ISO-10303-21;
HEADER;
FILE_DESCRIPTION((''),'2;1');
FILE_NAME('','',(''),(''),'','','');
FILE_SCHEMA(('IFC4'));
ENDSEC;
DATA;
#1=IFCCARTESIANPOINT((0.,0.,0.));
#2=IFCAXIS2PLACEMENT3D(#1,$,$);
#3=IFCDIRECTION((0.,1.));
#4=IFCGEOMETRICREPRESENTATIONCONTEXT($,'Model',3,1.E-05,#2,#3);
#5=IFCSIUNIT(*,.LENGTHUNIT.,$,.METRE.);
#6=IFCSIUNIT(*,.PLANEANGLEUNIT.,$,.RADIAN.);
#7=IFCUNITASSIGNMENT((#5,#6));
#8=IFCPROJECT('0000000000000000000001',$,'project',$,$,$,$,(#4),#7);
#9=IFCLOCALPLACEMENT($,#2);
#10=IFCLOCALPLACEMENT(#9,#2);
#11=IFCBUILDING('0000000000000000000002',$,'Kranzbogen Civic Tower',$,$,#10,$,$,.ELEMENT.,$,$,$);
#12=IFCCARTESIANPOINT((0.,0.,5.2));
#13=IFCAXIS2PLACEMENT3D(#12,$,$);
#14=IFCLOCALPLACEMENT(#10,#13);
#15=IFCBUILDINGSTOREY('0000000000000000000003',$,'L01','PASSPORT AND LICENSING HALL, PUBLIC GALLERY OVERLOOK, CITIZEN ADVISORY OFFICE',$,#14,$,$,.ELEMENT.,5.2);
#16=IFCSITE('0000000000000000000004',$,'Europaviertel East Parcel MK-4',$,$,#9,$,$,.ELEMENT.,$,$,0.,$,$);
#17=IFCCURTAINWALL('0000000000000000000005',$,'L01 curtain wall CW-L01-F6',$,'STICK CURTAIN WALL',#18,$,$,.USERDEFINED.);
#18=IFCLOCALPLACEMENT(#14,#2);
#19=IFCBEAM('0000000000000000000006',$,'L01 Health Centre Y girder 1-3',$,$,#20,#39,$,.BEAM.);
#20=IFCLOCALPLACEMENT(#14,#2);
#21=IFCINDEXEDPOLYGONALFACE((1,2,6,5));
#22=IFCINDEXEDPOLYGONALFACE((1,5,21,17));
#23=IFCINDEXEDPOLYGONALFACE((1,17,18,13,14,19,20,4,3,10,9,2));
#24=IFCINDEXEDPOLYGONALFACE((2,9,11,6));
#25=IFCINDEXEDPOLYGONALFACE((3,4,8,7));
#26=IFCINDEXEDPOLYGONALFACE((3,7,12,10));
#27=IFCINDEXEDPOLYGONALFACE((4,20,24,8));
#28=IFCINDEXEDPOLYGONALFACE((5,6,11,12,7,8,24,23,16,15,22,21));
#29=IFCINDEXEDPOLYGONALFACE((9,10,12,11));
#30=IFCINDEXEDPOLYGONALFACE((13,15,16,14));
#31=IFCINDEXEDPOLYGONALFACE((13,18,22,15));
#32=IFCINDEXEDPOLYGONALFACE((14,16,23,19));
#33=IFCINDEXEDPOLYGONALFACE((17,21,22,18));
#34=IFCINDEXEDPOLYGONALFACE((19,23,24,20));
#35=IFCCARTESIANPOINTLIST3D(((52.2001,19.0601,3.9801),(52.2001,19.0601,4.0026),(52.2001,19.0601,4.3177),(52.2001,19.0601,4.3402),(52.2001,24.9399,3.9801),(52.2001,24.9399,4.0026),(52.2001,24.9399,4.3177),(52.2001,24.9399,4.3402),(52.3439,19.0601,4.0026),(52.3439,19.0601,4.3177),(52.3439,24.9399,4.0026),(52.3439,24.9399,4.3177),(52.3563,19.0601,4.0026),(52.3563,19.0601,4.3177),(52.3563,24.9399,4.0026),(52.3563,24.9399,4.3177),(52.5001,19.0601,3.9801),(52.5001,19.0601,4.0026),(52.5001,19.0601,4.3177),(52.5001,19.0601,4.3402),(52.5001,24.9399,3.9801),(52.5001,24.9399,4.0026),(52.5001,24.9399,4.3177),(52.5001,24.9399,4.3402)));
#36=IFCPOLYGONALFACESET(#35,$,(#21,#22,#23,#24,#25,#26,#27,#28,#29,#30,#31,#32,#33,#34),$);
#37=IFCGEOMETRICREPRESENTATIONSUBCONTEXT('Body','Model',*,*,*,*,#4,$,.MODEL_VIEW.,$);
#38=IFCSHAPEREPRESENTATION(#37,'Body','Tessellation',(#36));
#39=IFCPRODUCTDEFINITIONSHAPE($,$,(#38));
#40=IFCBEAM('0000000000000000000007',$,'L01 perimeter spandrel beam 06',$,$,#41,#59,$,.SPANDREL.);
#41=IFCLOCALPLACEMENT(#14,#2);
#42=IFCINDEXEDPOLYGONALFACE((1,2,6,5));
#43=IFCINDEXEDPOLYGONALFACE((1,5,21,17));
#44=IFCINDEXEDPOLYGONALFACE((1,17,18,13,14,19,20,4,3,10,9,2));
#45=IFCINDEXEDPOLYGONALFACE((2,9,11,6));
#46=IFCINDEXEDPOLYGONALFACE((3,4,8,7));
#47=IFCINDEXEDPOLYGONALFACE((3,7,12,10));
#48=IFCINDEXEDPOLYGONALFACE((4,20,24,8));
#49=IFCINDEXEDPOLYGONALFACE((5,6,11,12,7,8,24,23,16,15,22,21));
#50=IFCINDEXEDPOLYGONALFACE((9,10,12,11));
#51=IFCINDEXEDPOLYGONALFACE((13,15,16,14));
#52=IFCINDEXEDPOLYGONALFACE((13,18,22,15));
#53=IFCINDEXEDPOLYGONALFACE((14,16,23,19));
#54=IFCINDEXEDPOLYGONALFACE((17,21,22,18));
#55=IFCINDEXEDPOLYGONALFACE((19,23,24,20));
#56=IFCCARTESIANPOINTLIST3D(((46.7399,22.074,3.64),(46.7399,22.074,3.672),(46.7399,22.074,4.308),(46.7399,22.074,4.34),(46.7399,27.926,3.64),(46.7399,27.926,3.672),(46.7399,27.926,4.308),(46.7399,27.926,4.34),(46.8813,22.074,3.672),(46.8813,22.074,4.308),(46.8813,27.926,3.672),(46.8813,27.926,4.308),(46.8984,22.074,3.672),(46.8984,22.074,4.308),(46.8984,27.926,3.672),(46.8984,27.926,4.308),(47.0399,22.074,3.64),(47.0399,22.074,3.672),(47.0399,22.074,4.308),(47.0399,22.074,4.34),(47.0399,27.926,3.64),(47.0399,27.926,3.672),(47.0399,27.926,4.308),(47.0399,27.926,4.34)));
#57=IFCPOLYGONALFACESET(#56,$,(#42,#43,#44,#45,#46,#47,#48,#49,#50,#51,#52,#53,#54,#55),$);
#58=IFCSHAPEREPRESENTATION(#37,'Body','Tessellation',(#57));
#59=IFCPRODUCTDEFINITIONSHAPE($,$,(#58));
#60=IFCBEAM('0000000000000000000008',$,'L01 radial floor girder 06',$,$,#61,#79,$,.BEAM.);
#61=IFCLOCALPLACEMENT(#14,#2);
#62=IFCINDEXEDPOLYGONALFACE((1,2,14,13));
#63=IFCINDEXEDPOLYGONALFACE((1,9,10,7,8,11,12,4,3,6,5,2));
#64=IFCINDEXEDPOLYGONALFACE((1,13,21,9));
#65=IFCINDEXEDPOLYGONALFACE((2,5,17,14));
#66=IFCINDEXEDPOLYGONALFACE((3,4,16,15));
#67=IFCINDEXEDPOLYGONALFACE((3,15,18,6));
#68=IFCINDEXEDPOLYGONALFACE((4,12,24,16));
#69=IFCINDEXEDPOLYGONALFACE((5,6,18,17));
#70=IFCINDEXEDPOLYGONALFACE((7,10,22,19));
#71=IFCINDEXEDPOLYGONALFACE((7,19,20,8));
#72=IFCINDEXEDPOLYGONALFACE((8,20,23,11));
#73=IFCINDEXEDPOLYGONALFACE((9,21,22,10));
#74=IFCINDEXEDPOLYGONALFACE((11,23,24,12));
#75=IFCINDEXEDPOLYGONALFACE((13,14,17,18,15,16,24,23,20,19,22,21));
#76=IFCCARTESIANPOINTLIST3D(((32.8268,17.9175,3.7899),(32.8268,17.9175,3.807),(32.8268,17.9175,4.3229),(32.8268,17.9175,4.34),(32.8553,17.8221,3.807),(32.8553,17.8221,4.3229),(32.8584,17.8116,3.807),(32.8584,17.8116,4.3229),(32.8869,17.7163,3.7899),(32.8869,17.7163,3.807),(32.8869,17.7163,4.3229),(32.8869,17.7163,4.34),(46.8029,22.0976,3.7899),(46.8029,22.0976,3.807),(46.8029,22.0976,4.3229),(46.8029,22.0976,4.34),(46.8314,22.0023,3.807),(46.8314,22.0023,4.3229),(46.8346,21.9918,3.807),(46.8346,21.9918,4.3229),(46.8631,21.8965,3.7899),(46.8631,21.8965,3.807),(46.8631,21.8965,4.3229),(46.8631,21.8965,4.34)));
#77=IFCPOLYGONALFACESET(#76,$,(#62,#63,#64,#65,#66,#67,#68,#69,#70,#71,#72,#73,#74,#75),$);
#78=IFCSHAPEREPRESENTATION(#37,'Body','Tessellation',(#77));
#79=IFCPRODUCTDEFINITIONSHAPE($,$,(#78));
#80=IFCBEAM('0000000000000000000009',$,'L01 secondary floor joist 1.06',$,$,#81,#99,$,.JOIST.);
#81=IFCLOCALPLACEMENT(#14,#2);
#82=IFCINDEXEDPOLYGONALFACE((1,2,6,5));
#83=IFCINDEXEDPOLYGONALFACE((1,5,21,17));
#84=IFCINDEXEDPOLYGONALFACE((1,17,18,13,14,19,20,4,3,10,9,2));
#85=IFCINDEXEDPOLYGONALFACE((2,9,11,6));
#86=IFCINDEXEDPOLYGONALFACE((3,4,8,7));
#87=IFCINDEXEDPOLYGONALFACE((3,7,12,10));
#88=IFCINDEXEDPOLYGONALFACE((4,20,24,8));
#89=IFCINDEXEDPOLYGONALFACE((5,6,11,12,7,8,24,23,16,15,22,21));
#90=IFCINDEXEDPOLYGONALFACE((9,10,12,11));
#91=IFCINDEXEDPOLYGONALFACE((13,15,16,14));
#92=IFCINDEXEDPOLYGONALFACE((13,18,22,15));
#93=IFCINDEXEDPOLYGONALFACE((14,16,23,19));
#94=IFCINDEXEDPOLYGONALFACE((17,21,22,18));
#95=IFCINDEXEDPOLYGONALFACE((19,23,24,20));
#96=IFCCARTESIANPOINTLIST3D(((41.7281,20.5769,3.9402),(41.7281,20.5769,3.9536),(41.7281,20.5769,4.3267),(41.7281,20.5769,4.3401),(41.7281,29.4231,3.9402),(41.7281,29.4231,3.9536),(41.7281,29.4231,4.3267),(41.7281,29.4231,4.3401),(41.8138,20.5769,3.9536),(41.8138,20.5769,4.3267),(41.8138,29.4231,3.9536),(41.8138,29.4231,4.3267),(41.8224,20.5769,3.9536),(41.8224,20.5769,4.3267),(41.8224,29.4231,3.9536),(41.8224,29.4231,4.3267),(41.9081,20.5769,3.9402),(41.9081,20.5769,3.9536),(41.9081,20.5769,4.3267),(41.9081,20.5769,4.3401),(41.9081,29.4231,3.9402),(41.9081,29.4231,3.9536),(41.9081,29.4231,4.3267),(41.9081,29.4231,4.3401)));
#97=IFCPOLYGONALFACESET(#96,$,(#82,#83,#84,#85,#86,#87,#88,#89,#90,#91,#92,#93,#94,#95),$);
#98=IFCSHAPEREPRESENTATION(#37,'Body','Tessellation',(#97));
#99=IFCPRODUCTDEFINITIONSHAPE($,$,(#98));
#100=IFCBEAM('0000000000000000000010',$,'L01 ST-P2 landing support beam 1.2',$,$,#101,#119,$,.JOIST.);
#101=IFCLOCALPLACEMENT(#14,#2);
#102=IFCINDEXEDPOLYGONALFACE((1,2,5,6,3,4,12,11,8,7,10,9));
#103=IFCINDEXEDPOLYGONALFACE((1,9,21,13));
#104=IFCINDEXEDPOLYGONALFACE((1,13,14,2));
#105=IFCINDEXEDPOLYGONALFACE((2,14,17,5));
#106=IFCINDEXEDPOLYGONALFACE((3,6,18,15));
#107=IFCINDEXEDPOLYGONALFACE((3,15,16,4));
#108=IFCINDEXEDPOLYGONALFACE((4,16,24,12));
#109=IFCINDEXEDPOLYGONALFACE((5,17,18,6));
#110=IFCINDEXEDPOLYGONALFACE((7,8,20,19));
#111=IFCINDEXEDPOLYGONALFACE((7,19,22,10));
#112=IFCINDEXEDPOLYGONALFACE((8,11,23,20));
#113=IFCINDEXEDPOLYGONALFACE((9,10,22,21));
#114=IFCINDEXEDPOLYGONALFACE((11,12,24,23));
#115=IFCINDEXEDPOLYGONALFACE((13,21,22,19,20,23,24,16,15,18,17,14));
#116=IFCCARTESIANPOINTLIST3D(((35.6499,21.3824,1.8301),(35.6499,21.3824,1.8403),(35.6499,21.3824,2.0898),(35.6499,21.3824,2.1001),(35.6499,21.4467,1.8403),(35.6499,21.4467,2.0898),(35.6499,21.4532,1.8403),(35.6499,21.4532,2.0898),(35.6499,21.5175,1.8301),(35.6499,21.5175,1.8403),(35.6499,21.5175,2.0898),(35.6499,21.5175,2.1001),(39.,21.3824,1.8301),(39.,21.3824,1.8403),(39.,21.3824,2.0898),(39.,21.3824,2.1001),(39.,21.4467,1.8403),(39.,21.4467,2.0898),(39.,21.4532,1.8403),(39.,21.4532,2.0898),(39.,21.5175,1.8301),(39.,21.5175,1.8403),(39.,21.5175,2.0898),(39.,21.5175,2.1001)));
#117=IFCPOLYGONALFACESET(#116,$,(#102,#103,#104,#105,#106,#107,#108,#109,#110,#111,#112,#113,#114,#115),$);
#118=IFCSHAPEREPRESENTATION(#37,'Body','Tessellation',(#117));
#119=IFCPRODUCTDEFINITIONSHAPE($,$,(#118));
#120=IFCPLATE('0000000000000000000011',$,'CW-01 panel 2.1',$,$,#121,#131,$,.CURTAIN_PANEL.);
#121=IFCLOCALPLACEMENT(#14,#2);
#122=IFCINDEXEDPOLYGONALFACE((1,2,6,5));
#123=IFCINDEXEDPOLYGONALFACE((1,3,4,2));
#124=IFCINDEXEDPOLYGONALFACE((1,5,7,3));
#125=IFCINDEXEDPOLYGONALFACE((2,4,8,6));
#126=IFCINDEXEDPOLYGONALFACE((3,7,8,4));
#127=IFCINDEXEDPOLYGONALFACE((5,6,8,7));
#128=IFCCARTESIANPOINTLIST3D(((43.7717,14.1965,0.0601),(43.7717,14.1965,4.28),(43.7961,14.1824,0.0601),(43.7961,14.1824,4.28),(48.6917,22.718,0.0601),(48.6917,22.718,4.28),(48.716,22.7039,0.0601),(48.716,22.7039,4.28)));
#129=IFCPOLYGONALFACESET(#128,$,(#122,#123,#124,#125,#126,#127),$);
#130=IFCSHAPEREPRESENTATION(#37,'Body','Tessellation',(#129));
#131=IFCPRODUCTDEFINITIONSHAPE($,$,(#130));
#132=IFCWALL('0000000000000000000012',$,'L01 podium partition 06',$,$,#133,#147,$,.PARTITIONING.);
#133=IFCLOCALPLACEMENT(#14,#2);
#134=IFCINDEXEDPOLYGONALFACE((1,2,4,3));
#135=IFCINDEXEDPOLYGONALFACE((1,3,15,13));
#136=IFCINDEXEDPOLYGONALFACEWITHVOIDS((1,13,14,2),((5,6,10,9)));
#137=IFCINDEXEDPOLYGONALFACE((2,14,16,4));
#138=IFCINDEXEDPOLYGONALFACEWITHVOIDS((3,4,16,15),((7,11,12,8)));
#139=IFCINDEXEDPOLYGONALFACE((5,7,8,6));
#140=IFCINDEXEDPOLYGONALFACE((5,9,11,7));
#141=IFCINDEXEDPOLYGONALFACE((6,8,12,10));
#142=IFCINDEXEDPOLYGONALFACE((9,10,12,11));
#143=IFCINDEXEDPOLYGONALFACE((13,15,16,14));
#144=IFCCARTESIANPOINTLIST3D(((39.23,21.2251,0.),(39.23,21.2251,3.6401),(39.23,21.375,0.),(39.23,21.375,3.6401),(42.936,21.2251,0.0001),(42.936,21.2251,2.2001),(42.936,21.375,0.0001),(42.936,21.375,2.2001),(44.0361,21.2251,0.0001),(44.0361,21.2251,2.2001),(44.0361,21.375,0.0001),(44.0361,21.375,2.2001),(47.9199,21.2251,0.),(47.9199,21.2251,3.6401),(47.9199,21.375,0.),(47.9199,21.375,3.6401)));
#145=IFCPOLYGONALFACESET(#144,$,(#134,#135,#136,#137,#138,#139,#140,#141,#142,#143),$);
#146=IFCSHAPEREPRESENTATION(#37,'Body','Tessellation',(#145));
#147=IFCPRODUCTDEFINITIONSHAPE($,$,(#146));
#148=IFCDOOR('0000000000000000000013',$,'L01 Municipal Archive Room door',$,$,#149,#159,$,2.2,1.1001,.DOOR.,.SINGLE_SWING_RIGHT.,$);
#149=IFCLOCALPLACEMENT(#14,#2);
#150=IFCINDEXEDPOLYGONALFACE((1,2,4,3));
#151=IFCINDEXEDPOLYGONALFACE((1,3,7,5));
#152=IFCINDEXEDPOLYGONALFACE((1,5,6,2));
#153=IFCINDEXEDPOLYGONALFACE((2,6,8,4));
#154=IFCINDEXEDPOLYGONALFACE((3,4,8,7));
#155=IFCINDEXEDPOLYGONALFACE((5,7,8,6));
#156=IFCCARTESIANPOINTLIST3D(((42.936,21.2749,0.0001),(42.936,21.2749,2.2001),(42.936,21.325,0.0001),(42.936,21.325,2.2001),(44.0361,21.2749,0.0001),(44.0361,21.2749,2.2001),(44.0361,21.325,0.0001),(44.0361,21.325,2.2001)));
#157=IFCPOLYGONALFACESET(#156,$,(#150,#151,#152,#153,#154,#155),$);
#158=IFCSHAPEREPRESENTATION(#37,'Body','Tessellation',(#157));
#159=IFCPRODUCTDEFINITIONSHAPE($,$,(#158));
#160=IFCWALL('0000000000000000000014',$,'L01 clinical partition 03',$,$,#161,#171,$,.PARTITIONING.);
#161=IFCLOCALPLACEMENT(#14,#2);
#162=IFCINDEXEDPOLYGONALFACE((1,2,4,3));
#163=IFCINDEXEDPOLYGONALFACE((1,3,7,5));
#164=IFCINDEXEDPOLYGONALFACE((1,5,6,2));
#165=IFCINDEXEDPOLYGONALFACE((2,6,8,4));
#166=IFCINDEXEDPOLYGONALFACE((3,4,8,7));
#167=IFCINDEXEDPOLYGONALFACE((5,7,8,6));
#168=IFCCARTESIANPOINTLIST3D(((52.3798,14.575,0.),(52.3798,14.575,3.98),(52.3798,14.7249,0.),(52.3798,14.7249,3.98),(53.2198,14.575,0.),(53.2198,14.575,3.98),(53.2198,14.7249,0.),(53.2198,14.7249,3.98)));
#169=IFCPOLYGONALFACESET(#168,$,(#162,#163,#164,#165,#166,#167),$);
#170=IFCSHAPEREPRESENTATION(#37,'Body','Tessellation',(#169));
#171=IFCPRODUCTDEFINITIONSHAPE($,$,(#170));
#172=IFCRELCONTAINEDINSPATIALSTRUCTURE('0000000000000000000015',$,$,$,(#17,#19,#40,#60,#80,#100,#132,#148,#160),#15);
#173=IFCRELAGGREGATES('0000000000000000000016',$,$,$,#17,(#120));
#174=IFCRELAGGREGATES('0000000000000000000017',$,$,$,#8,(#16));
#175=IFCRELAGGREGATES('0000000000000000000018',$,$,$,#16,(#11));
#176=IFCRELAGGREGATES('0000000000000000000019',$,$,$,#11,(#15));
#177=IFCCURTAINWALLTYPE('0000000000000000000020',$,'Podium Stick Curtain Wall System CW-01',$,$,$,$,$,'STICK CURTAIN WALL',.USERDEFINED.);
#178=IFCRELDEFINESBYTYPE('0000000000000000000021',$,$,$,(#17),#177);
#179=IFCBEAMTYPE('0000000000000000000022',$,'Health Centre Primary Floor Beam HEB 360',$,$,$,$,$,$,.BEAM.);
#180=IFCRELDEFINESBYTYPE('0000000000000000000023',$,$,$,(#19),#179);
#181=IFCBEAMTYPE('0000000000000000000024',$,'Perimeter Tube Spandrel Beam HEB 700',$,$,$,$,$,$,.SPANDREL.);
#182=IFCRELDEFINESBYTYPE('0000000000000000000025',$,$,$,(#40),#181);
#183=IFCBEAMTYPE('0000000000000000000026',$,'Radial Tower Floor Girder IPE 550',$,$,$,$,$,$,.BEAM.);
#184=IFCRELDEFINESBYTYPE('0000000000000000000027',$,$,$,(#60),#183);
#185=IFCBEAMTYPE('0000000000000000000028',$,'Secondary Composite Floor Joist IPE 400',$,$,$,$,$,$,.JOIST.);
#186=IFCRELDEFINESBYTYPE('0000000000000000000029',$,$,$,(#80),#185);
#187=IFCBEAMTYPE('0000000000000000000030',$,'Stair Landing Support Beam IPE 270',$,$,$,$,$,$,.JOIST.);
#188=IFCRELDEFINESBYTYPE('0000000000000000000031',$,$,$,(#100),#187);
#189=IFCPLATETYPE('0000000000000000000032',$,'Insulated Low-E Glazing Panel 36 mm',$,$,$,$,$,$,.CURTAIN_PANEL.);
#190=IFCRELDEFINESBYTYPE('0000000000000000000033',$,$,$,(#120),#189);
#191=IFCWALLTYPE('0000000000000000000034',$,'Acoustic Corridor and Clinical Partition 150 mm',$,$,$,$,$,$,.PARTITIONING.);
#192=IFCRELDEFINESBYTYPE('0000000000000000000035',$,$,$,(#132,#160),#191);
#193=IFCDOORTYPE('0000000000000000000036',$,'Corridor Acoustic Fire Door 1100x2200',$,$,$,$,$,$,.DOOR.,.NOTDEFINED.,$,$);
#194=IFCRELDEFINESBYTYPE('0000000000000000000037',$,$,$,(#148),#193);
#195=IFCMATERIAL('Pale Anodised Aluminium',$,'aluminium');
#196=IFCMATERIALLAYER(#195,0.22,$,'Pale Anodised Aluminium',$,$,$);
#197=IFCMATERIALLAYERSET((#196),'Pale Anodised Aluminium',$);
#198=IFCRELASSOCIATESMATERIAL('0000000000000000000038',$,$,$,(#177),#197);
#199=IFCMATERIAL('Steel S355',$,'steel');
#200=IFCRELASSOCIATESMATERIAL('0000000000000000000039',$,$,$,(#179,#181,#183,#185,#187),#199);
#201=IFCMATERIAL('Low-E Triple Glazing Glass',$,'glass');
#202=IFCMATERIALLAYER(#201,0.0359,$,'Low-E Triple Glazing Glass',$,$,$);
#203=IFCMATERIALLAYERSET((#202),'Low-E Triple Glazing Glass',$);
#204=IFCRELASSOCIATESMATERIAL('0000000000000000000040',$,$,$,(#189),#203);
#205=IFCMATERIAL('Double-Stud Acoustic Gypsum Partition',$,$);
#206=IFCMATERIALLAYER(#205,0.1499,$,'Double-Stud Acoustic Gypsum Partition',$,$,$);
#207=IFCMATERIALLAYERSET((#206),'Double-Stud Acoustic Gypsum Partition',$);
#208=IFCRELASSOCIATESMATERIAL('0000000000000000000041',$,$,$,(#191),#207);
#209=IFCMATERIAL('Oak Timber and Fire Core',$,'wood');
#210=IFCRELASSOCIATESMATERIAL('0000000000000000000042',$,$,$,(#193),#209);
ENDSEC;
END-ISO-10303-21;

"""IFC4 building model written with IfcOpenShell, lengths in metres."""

from ifc_helpers import new_model, si_unit, direction, frame, frame_2d, origin, origin_2d, place, context, subcontext, project, spatial, rectangle, i_section, extrude, material, layer, layer_set, material_profile, profile_set, type_object, element, fill, aggregate, save


model = new_model("IFC4")

# Units and contexts
model_context = context("Model", 3, precision=1e-05, world=origin(), true_north=direction((0.0, 1.0)))
body_context = subcontext(model_context, "Body", "Model", "MODEL_VIEW")
ifc_project = project(units=[si_unit("LENGTHUNIT", "METRE"), si_unit("PLANEANGLEUNIT", "RADIAN")], contexts=[model_context])

# Site, building, storey
site_placement = place(None, origin())
site = spatial("IfcSite", under=ifc_project, at=site_placement, Name="Europaviertel East Parcel MK-4", CompositionType="ELEMENT", RefElevation=0.0)
building_placement = place(site_placement, origin())
building = spatial("IfcBuilding", under=site, at=building_placement, Name="Kranzbogen Civic Tower", CompositionType="ELEMENT")
storey_placement = place(building_placement, frame((0.0, 0.0, 5.2)))
storey = spatial("IfcBuildingStorey", under=building, at=storey_placement, Name="L01", Description="PASSPORT AND LICENSING HALL, PUBLIC GALLERY OVERLOOK, CITIZEN ADVISORY OFFICE", CompositionType="ELEMENT", Elevation=5.2)

# Shared definitions
ifc_material_1 = material(Name="Pale Anodised Aluminium", Category="aluminium")

# Curtain wall
ifc_layer_1 = layer(ifc_material_1, 0.22, Name="Pale Anodised Aluminium")
ifc_layer_set_1 = layer_set([ifc_layer_1], Name="Pale Anodised Aluminium")
curtain_wall_type_1 = type_object("IfcCurtainWallType", Name="Podium Stick Curtain Wall System CW-01", ElementType="STICK CURTAIN WALL", PredefinedType="USERDEFINED", material=ifc_layer_set_1)
curtain_wall_1_placement = place(storey_placement, origin())
curtain_wall_1 = element("IfcCurtainWall", 1, at=curtain_wall_1_placement, inside=storey, type_object=curtain_wall_type_1, Name="L01 curtain wall CW-L01-F6", ObjectType="STICK CURTAIN WALL", PredefinedType="USERDEFINED")

# Beams
ifc_material_2 = material(Name="Steel S355", Category="steel")
ifc_material_profile_1 = material_profile(ifc_material_2, i_section(OverallWidth=0.3, OverallDepth=0.3601, WebThickness=0.0125, FlangeThickness=0.0225, at=origin_2d()), Name="HEB 360")
ifc_profile_set_1 = profile_set([ifc_material_profile_1], Name="Steel S355")
beam_type_1 = type_object("IfcBeamType", Name="Health Centre Primary Floor Beam HEB 360", PredefinedType="BEAM", material=ifc_profile_set_1)
for number, where, z_axis, x_axis, name in (
    (2, (52.3501, 19.0601, 4.1602), (0.0, 1.0, 0.0), (-1.0, 0.0, 0.0), "L01 Health Centre Y girder 1-3"),
):
    element("IfcBeam", number, at=place(storey_placement, frame(where, z_axis=z_axis, x_axis=x_axis)), inside=storey, type_object=beam_type_1, Name=name, PredefinedType="BEAM", context=body_context, shape_type="SweptSolid", body=[
        extrude(i_section(OverallWidth=0.3, OverallDepth=0.3601, WebThickness=0.0125, FlangeThickness=0.0225, at=origin_2d()), origin(), (0.0, 0.0, 1.0), 5.8799),
    ])
ifc_material_profile_2 = material_profile(ifc_material_2, i_section(OverallWidth=0.3, OverallDepth=0.7, WebThickness=0.0171, FlangeThickness=0.032, at=origin_2d()), Name="HEB 700")
ifc_profile_set_2 = profile_set([ifc_material_profile_2], Name="Steel S355")
beam_type_2 = type_object("IfcBeamType", Name="Perimeter Tube Spandrel Beam HEB 700", PredefinedType="SPANDREL", material=ifc_profile_set_2)
beam_1_placement = place(storey_placement, frame((46.8899, 22.074, 3.99), z_axis=(0.0, 1.0, 0.0), x_axis=(-1.0, 0.0, 0.0)))
element("IfcBeam", 3, at=beam_1_placement, inside=storey, type_object=beam_type_2, Name="L01 perimeter spandrel beam 06", PredefinedType="SPANDREL", context=body_context, shape_type="SweptSolid", body=[
    extrude(i_section(OverallWidth=0.3, OverallDepth=0.7, WebThickness=0.0171, FlangeThickness=0.032, at=origin_2d()), origin(), (0.0, 0.0, 1.0), 5.8521),
])
ifc_material_profile_3 = material_profile(ifc_material_2, i_section(OverallWidth=0.21, OverallDepth=0.55, WebThickness=0.011, FlangeThickness=0.0171, at=origin_2d()), Name="IPE 550")
ifc_profile_set_3 = profile_set([ifc_material_profile_3], Name="Steel S355")
beam_type_3 = type_object("IfcBeamType", Name="Radial Tower Floor Girder IPE 550", PredefinedType="BEAM", material=ifc_profile_set_3)
beam_2_placement = place(storey_placement, frame((46.833, 21.9971, 4.0649), z_axis=(-0.958065, -0.286552, 0.0), x_axis=(0.286552, -0.958065, 0.0)))
element("IfcBeam", 4, at=beam_2_placement, inside=storey, type_object=beam_type_3, Name="L01 radial floor girder 06", PredefinedType="BEAM", context=body_context, shape_type="SweptSolid", body=[
    extrude(i_section(OverallWidth=0.21, OverallDepth=0.55, WebThickness=0.011, FlangeThickness=0.0171, at=origin_2d()), origin(), (0.0, 0.0, 1.0), 14.5879),
])
ifc_material_profile_4 = material_profile(ifc_material_2, i_section(OverallWidth=0.1799, OverallDepth=0.3999, WebThickness=0.0085, FlangeThickness=0.0134, at=origin_2d()), Name="IPE 400")
ifc_profile_set_4 = profile_set([ifc_material_profile_4], Name="Steel S355")
beam_type_4 = type_object("IfcBeamType", Name="Secondary Composite Floor Joist IPE 400", PredefinedType="JOIST", material=ifc_profile_set_4)
beam_3_placement = place(storey_placement, frame((41.8181, 20.5769, 4.1401), z_axis=(0.0, 1.0, 0.0), x_axis=(-1.0, 0.0, 0.0)))
element("IfcBeam", 5, at=beam_3_placement, inside=storey, type_object=beam_type_4, Name="L01 secondary floor joist 1.06", PredefinedType="JOIST", context=body_context, shape_type="SweptSolid", body=[
    extrude(i_section(OverallWidth=0.1799, OverallDepth=0.3999, WebThickness=0.0085, FlangeThickness=0.0134, at=origin_2d()), origin(), (0.0, 0.0, 1.0), 8.8462),
])
ifc_material_profile_5 = material_profile(ifc_material_2, i_section(OverallWidth=0.135, OverallDepth=0.27, WebThickness=0.0066, FlangeThickness=0.0103, at=origin_2d()), Name="IPE 270")
ifc_profile_set_5 = profile_set([ifc_material_profile_5], Name="Steel S355")
beam_type_5 = type_object("IfcBeamType", Name="Stair Landing Support Beam IPE 270", PredefinedType="JOIST", material=ifc_profile_set_5)
beam_4_placement = place(storey_placement, frame((35.6499, 21.45, 1.9651), z_axis=(1.0, 0.0, 0.0), x_axis=(0.0, 1.0, 0.0)))
element("IfcBeam", 6, at=beam_4_placement, inside=storey, type_object=beam_type_5, Name="L01 ST-P2 landing support beam 1.2", PredefinedType="JOIST", context=body_context, shape_type="SweptSolid", body=[
    extrude(i_section(OverallWidth=0.135, OverallDepth=0.27, WebThickness=0.0066, FlangeThickness=0.0103, at=origin_2d()), origin(), (0.0, 0.0, 1.0), 3.3501),
])

# Plate
ifc_material_3 = material(Name="Low-E Triple Glazing Glass", Category="glass")
ifc_layer_2 = layer(ifc_material_3, 0.0359, Name="Low-E Triple Glazing Glass")
ifc_layer_set_2 = layer_set([ifc_layer_2], Name="Low-E Triple Glazing Glass")
plate_type = type_object("IfcPlateType", Name="Insulated Low-E Glazing Panel 36 mm", PredefinedType="CURTAIN_PANEL", material=ifc_layer_set_2)
plate_placement = place(storey_placement, frame((46.2439, 18.4502, 0.0601), z_axis=(0.0, 0.0, 1.0), x_axis=(0.500006, 0.866022, 0.0)))
plate = element("IfcPlate", 7, at=plate_placement, type_object=plate_type, Name="CW-01 panel 2.1", PredefinedType="CURTAIN_PANEL", context=body_context, shape_type="SweptSolid", body=[
    extrude(rectangle(XDim=9.8398, YDim=0.0281, at=origin_2d()), origin(), (0.0, 0.0, 1.0), 4.22),
])
aggregate(curtain_wall_1, [plate])

# Wall, opening, door
ifc_material_4 = material(Name="Double-Stud Acoustic Gypsum Partition")
ifc_layer_3 = layer(ifc_material_4, 0.1499, Name="Double-Stud Acoustic Gypsum Partition")
ifc_layer_set_3 = layer_set([ifc_layer_3], Name="Double-Stud Acoustic Gypsum Partition")
wall_type_1 = type_object("IfcWallType", Name="Acoustic Corridor and Clinical Partition 150 mm", PredefinedType="PARTITIONING", material=ifc_layer_set_3)
wall_1_placement = place(storey_placement, frame((39.23, 21.3, 0.0), z_axis=(0.0, 0.0, 1.0), x_axis=(1.0, 0.0, 0.0)))
wall_1 = element("IfcWall", 8, at=wall_1_placement, inside=storey, type_object=wall_type_1, Name="L01 podium partition 06", PredefinedType="PARTITIONING", context=body_context, shape_type="SweptSolid", body=[
    extrude(rectangle(XDim=8.6899, YDim=0.1499, at=frame_2d((4.345, 0.0))), origin(), (0.0, 0.0, 1.0), 3.6401),
])
opening_placement = place(wall_1_placement, frame((3.7061, 0.0, 0.0)))
opening = element("IfcOpeningElement", 9, at=opening_placement, cuts=wall_1, PredefinedType="OPENING", context=body_context, shape_type="SweptSolid", body=[
    extrude(rectangle(XDim=1.1001, YDim=2.2, at=frame_2d((0.55, 1.1001))), frame((0.0, 0.085, 0.0), z_axis=(0.0, -1.0, 0.0), x_axis=(1.0, 0.0, 0.0)), (0.0, 0.0, 1.0), 0.1699),
])
ifc_material_5 = material(Name="Oak Timber and Fire Core", Category="wood")
door_type = type_object("IfcDoorType", Name="Corridor Acoustic Fire Door 1100x2200", OperationType="NOTDEFINED", PredefinedType="DOOR", material=ifc_material_5)
door_placement = place(opening_placement, origin())
door = element("IfcDoor", 10, at=door_placement, inside=storey, type_object=door_type, Name="L01 Municipal Archive Room door", OperationType="SINGLE_SWING_RIGHT", OverallHeight=2.2, OverallWidth=1.1001, PredefinedType="DOOR", context=body_context, shape_type="SweptSolid", body=[
    extrude(rectangle(XDim=1.1001, YDim=2.2, at=frame_2d((0.55, 1.1001))), frame((0.0, 0.0249, 0.0), z_axis=(0.0, -1.0, 0.0), x_axis=(1.0, 0.0, 0.0)), (0.0, 0.0, 1.0), 0.05),
])
fill(opening, door)

# Wall
wall_2_placement = place(storey_placement, frame((52.3799, 14.6499, 0.0), z_axis=(0.0, 0.0, 1.0), x_axis=(1.0, 0.0, 0.0)))
element("IfcWall", 11, at=wall_2_placement, inside=storey, type_object=wall_type_1, Name="L01 clinical partition 03", PredefinedType="PARTITIONING", context=body_context, shape_type="SweptSolid", body=[
    extrude(rectangle(XDim=0.8401, YDim=0.1499, at=frame_2d((0.4199, 0.0))), origin(), (0.0, 0.0, 1.0), 3.98),
])

save(model, "model.ifc")
